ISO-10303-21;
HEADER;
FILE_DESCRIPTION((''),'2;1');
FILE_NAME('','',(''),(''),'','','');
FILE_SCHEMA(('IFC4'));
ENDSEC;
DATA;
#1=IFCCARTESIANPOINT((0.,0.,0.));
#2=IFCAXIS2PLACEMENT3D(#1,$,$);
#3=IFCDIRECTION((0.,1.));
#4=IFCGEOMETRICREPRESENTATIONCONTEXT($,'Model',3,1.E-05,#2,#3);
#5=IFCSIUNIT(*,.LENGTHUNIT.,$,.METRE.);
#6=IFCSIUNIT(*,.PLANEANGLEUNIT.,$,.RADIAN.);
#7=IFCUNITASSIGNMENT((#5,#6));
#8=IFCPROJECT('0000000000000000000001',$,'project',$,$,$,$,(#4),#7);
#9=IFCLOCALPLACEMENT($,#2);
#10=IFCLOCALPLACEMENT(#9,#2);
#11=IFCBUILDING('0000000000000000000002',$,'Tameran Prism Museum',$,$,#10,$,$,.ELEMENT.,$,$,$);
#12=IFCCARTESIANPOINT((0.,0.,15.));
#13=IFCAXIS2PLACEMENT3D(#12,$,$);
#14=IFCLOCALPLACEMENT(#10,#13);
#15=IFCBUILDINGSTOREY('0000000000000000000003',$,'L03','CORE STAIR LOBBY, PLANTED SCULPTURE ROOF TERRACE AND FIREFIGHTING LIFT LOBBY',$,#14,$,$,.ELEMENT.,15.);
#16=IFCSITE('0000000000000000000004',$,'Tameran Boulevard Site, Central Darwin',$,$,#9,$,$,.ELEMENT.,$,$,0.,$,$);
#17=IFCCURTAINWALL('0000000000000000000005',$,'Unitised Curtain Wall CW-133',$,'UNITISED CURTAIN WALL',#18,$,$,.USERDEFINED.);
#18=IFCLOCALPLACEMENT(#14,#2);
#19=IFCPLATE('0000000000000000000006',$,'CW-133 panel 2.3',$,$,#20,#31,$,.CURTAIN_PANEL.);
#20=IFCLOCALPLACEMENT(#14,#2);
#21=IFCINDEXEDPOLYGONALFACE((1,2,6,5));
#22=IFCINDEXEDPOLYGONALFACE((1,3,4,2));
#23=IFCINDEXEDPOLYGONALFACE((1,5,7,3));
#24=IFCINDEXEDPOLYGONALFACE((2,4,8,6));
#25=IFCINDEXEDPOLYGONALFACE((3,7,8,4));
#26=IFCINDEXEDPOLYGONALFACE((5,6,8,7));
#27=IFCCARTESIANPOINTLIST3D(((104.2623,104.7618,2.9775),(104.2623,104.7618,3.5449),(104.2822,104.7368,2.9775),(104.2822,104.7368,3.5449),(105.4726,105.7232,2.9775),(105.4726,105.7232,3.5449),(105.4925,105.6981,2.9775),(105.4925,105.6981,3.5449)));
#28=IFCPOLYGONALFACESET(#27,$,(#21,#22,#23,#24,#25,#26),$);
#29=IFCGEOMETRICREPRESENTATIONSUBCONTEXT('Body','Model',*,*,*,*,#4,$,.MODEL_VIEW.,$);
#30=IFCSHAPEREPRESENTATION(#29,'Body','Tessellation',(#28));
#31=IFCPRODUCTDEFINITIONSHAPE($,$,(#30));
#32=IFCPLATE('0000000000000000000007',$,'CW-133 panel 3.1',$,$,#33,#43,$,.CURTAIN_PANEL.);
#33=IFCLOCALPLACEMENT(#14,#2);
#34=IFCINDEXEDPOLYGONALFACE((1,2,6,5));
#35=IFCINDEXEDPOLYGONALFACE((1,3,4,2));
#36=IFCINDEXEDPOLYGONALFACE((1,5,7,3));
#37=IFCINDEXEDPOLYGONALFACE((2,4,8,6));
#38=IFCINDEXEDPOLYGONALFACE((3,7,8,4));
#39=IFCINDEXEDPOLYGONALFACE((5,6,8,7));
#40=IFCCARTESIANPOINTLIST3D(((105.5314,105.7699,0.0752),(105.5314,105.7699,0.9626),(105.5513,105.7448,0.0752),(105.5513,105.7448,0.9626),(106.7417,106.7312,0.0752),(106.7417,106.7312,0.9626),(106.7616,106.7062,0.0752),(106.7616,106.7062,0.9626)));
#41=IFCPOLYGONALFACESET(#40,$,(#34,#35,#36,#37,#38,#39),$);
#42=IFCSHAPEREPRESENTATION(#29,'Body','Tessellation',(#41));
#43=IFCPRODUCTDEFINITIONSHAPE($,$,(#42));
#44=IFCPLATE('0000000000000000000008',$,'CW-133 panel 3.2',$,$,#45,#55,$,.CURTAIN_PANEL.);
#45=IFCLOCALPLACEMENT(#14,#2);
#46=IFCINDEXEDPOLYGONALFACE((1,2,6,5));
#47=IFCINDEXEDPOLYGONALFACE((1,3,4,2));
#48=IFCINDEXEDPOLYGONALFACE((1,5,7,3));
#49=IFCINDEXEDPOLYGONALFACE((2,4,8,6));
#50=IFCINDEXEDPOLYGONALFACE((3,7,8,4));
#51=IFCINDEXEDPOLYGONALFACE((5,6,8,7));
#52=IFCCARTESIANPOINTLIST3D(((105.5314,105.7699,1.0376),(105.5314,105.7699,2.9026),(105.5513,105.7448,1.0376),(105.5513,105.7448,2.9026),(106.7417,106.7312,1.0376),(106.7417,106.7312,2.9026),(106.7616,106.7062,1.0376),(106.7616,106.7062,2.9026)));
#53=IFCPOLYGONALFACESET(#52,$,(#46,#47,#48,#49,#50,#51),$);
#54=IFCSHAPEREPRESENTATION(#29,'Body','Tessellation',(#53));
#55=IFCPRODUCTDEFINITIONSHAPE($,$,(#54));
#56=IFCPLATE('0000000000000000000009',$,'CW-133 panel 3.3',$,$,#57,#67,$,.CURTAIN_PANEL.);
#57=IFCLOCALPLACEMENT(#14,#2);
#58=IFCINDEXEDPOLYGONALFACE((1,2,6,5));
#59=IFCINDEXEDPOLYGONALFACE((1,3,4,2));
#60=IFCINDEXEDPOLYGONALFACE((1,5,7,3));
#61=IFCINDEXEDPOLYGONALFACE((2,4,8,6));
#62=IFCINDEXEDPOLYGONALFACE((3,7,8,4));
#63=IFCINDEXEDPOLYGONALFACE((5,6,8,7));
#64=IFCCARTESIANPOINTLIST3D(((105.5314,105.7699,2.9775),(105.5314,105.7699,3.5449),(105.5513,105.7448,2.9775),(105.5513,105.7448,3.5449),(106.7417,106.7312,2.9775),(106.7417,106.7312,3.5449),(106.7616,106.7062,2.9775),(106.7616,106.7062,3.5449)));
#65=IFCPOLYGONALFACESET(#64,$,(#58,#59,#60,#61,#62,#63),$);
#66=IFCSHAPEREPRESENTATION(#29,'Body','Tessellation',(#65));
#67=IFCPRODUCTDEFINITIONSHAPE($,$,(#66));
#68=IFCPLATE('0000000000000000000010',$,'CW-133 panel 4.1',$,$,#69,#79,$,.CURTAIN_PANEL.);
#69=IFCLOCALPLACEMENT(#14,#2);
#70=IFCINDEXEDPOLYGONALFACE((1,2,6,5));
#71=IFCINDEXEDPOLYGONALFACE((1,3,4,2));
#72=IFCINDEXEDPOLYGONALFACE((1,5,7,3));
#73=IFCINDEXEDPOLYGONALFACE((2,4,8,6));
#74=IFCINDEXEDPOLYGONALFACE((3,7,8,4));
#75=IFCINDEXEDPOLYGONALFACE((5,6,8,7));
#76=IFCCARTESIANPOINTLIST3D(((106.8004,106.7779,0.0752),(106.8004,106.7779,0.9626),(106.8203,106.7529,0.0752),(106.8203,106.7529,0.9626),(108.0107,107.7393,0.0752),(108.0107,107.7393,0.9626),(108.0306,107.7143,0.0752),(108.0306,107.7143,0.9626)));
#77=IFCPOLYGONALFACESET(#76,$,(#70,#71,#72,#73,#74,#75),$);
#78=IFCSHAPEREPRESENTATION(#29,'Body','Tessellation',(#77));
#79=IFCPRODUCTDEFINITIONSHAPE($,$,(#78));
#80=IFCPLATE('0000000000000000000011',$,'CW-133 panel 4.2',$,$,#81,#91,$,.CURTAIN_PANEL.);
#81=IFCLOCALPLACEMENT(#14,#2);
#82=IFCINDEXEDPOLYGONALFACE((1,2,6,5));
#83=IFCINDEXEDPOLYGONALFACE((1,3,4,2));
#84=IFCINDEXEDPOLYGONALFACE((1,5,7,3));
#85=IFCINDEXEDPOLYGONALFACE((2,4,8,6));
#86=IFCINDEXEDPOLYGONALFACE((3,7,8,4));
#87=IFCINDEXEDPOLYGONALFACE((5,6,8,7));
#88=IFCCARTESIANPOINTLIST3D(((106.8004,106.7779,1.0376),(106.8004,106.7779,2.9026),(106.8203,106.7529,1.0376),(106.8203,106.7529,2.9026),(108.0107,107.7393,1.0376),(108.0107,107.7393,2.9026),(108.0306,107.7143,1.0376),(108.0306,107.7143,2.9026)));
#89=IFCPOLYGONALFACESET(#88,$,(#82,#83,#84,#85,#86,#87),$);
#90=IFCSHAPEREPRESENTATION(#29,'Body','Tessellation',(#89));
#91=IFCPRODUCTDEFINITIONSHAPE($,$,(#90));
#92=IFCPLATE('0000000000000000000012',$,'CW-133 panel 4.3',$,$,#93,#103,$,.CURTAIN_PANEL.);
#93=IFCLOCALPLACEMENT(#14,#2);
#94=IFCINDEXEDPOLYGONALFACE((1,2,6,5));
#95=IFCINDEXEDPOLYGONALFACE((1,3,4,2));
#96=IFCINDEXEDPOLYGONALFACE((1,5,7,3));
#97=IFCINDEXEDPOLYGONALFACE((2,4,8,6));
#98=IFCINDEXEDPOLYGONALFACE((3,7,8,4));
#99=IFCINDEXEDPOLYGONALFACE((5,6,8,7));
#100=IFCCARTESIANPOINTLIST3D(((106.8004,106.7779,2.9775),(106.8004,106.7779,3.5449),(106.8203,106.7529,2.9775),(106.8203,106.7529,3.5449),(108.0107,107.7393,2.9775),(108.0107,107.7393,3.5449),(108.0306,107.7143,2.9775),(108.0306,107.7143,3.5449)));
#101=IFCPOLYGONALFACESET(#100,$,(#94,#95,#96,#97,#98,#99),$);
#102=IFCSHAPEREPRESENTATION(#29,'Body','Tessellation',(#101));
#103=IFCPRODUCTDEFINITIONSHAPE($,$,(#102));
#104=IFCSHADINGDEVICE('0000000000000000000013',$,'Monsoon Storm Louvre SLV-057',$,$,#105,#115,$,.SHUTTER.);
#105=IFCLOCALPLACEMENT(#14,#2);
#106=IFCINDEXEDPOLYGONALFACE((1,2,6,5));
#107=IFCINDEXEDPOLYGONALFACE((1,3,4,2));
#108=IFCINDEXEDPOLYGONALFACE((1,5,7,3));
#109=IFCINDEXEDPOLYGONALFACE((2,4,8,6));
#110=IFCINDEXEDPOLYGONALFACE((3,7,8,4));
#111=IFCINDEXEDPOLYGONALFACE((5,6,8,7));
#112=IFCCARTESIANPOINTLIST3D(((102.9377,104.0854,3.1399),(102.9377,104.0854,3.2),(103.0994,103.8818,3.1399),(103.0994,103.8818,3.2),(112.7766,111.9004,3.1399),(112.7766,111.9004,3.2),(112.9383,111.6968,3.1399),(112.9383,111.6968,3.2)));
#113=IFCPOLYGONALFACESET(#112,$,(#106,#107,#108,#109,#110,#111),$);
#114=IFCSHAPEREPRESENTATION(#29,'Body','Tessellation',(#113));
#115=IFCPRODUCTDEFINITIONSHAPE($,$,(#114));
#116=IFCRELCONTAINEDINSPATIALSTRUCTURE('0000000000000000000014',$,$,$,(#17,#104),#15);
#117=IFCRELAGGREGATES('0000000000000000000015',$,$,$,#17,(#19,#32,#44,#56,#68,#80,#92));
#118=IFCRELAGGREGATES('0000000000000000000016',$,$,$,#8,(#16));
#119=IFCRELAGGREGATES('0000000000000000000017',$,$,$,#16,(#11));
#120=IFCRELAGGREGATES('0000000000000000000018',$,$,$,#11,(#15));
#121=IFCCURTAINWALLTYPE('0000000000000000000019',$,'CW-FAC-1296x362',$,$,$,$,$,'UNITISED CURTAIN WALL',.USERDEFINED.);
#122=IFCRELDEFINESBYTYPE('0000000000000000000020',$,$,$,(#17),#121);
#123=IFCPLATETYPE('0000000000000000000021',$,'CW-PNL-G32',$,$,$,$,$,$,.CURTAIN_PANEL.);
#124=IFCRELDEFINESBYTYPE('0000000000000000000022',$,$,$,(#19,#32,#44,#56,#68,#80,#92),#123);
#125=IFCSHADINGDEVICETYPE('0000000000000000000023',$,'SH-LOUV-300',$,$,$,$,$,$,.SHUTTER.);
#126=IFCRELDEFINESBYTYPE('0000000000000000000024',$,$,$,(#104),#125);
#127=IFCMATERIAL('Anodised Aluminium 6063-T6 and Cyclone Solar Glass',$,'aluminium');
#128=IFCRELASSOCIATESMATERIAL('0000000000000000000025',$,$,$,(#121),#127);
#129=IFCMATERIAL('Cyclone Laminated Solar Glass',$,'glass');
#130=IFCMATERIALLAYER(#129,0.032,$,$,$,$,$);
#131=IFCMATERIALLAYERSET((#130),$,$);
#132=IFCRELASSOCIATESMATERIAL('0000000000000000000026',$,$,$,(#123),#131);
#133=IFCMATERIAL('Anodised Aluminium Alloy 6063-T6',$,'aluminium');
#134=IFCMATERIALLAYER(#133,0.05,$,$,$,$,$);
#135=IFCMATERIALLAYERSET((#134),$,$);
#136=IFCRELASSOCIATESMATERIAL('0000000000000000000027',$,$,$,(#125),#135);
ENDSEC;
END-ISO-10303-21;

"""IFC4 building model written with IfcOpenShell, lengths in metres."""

from ifc_helpers import new_model, si_unit, direction, frame, origin, origin_2d, place, context, subcontext, project, spatial, rectangle, extrude, material, layer, layer_set, type_object, element, aggregate, save


model = new_model("IFC4")

# Units and contexts
model_context = context("Model", 3, precision=1e-05, world=origin(), true_north=direction((0.0, 1.0)))
body_context = subcontext(model_context, "Body", "Model", "MODEL_VIEW")
ifc_project = project(units=[si_unit("LENGTHUNIT", "METRE"), si_unit("PLANEANGLEUNIT", "RADIAN")], contexts=[model_context])

# Site, building, storey
site_placement = place(None, origin())
site = spatial("IfcSite", under=ifc_project, at=site_placement, Name="Tameran Boulevard Site, Central Darwin", CompositionType="ELEMENT", RefElevation=0.0)
building_placement = place(site_placement, origin())
building = spatial("IfcBuilding", under=site, at=building_placement, Name="Tameran Prism Museum", CompositionType="ELEMENT")
storey_placement = place(building_placement, frame((0.0, 0.0, 15.0)))
storey = spatial("IfcBuildingStorey", under=building, at=storey_placement, Name="L03", Description="CORE STAIR LOBBY, PLANTED SCULPTURE ROOF TERRACE AND FIREFIGHTING LIFT LOBBY", CompositionType="ELEMENT", Elevation=15.0)

# Curtain wall, plates
ifc_material_1 = material(Name="Anodised Aluminium 6063-T6 and Cyclone Solar Glass", Category="aluminium")
curtain_wall_type = type_object("IfcCurtainWallType", Name="CW-FAC-1296x362", ElementType="UNITISED CURTAIN WALL", PredefinedType="USERDEFINED", material=ifc_material_1)
curtain_wall_placement = place(storey_placement, origin())
curtain_wall = element("IfcCurtainWall", 1, at=curtain_wall_placement, inside=storey, type_object=curtain_wall_type, Name="Unitised Curtain Wall CW-133", ObjectType="UNITISED CURTAIN WALL", PredefinedType="USERDEFINED")
ifc_material_2 = material(Name="Cyclone Laminated Solar Glass", Category="glass")
ifc_layer_1 = layer(ifc_material_2, 0.032)
ifc_layer_set_1 = layer_set([ifc_layer_1])
plate_type = type_object("IfcPlateType", Name="CW-PNL-G32", PredefinedType="CURTAIN_PANEL", material=ifc_layer_set_1)
plate_1_placement = place(storey_placement, frame((104.8774, 105.23, 2.9775), z_axis=(0.0, 0.0, 1.0), x_axis=(0.783031, 0.621982, 0.0)))
plate_1 = element("IfcPlate", 2, at=plate_1_placement, type_object=plate_type, Name="CW-133 panel 2.3", PredefinedType="CURTAIN_PANEL", context=body_context, shape_type="SweptSolid", body=[
    extrude(rectangle(XDim=1.5457, YDim=0.032, at=origin_2d()), origin(), (0.0, 0.0, 1.0), 0.5674),
])
plate_2_placement = place(storey_placement, frame((106.1465, 106.238, 0.0752), z_axis=(0.0, 0.0, 1.0), x_axis=(0.783031, 0.621982, 0.0)))
plate_2 = element("IfcPlate", 3, at=plate_2_placement, type_object=plate_type, Name="CW-133 panel 3.1", PredefinedType="CURTAIN_PANEL", context=body_context, shape_type="SweptSolid", body=[
    extrude(rectangle(XDim=1.5457, YDim=0.032, at=origin_2d()), origin(), (0.0, 0.0, 1.0), 0.8875),
])
plate_3_placement = place(storey_placement, frame((106.1465, 106.238, 1.0376), z_axis=(0.0, 0.0, 1.0), x_axis=(0.783031, 0.621982, 0.0)))
plate_3 = element("IfcPlate", 4, at=plate_3_placement, type_object=plate_type, Name="CW-133 panel 3.2", PredefinedType="CURTAIN_PANEL", context=body_context, shape_type="SweptSolid", body=[
    extrude(rectangle(XDim=1.5457, YDim=0.032, at=origin_2d()), origin(), (0.0, 0.0, 1.0), 1.865),
])
plate_4_placement = place(storey_placement, frame((106.1465, 106.238, 2.9775), z_axis=(0.0, 0.0, 1.0), x_axis=(0.783031, 0.621982, 0.0)))
plate_4 = element("IfcPlate", 5, at=plate_4_placement, type_object=plate_type, Name="CW-133 panel 3.3", PredefinedType="CURTAIN_PANEL", context=body_context, shape_type="SweptSolid", body=[
    extrude(rectangle(XDim=1.5457, YDim=0.032, at=origin_2d()), origin(), (0.0, 0.0, 1.0), 0.5674),
])
plate_5_placement = place(storey_placement, frame((107.4155, 107.2461, 0.0752), z_axis=(0.0, 0.0, 1.0), x_axis=(0.783031, 0.621982, 0.0)))
plate_5 = element("IfcPlate", 6, at=plate_5_placement, type_object=plate_type, Name="CW-133 panel 4.1", PredefinedType="CURTAIN_PANEL", context=body_context, shape_type="SweptSolid", body=[
    extrude(rectangle(XDim=1.5457, YDim=0.032, at=origin_2d()), origin(), (0.0, 0.0, 1.0), 0.8875),
])
plate_6_placement = place(storey_placement, frame((107.4155, 107.2461, 1.0376), z_axis=(0.0, 0.0, 1.0), x_axis=(0.783031, 0.621982, 0.0)))
plate_6 = element("IfcPlate", 7, at=plate_6_placement, type_object=plate_type, Name="CW-133 panel 4.2", PredefinedType="CURTAIN_PANEL", context=body_context, shape_type="SweptSolid", body=[
    extrude(rectangle(XDim=1.5457, YDim=0.032, at=origin_2d()), origin(), (0.0, 0.0, 1.0), 1.865),
])
plate_7_placement = place(storey_placement, frame((107.4155, 107.2461, 2.9775), z_axis=(0.0, 0.0, 1.0), x_axis=(0.783031, 0.621982, 0.0)))
plate_7 = element("IfcPlate", 8, at=plate_7_placement, type_object=plate_type, Name="CW-133 panel 4.3", PredefinedType="CURTAIN_PANEL", context=body_context, shape_type="SweptSolid", body=[
    extrude(rectangle(XDim=1.5457, YDim=0.032, at=origin_2d()), origin(), (0.0, 0.0, 1.0), 0.5674),
])
aggregate(curtain_wall, [plate_1, plate_2, plate_3, plate_4, plate_5, plate_6, plate_7])

# Shading device
ifc_material_3 = material(Name="Anodised Aluminium Alloy 6063-T6", Category="aluminium")
ifc_layer_2 = layer(ifc_material_3, 0.05)
ifc_layer_set_2 = layer_set([ifc_layer_2])
shading_device_type = type_object("IfcShadingDeviceType", Name="SH-LOUV-300", PredefinedType="SHUTTER", material=ifc_layer_set_2)
shading_device_placement = place(storey_placement, frame((107.938, 107.8911, 3.1399), z_axis=(0.0, 0.0, 1.0), x_axis=(0.783043, 0.621968, 0.0)))
element("IfcShadingDevice", 9, at=shading_device_placement, inside=storey, type_object=shading_device_type, Name="Monsoon Storm Louvre SLV-057", PredefinedType="SHUTTER", context=body_context, shape_type="SweptSolid", body=[
    extrude(rectangle(XDim=12.5649, YDim=0.26, at=origin_2d()), origin(), (0.0, 0.0, 1.0), 0.0601),
])

save(model, "model.ifc")
